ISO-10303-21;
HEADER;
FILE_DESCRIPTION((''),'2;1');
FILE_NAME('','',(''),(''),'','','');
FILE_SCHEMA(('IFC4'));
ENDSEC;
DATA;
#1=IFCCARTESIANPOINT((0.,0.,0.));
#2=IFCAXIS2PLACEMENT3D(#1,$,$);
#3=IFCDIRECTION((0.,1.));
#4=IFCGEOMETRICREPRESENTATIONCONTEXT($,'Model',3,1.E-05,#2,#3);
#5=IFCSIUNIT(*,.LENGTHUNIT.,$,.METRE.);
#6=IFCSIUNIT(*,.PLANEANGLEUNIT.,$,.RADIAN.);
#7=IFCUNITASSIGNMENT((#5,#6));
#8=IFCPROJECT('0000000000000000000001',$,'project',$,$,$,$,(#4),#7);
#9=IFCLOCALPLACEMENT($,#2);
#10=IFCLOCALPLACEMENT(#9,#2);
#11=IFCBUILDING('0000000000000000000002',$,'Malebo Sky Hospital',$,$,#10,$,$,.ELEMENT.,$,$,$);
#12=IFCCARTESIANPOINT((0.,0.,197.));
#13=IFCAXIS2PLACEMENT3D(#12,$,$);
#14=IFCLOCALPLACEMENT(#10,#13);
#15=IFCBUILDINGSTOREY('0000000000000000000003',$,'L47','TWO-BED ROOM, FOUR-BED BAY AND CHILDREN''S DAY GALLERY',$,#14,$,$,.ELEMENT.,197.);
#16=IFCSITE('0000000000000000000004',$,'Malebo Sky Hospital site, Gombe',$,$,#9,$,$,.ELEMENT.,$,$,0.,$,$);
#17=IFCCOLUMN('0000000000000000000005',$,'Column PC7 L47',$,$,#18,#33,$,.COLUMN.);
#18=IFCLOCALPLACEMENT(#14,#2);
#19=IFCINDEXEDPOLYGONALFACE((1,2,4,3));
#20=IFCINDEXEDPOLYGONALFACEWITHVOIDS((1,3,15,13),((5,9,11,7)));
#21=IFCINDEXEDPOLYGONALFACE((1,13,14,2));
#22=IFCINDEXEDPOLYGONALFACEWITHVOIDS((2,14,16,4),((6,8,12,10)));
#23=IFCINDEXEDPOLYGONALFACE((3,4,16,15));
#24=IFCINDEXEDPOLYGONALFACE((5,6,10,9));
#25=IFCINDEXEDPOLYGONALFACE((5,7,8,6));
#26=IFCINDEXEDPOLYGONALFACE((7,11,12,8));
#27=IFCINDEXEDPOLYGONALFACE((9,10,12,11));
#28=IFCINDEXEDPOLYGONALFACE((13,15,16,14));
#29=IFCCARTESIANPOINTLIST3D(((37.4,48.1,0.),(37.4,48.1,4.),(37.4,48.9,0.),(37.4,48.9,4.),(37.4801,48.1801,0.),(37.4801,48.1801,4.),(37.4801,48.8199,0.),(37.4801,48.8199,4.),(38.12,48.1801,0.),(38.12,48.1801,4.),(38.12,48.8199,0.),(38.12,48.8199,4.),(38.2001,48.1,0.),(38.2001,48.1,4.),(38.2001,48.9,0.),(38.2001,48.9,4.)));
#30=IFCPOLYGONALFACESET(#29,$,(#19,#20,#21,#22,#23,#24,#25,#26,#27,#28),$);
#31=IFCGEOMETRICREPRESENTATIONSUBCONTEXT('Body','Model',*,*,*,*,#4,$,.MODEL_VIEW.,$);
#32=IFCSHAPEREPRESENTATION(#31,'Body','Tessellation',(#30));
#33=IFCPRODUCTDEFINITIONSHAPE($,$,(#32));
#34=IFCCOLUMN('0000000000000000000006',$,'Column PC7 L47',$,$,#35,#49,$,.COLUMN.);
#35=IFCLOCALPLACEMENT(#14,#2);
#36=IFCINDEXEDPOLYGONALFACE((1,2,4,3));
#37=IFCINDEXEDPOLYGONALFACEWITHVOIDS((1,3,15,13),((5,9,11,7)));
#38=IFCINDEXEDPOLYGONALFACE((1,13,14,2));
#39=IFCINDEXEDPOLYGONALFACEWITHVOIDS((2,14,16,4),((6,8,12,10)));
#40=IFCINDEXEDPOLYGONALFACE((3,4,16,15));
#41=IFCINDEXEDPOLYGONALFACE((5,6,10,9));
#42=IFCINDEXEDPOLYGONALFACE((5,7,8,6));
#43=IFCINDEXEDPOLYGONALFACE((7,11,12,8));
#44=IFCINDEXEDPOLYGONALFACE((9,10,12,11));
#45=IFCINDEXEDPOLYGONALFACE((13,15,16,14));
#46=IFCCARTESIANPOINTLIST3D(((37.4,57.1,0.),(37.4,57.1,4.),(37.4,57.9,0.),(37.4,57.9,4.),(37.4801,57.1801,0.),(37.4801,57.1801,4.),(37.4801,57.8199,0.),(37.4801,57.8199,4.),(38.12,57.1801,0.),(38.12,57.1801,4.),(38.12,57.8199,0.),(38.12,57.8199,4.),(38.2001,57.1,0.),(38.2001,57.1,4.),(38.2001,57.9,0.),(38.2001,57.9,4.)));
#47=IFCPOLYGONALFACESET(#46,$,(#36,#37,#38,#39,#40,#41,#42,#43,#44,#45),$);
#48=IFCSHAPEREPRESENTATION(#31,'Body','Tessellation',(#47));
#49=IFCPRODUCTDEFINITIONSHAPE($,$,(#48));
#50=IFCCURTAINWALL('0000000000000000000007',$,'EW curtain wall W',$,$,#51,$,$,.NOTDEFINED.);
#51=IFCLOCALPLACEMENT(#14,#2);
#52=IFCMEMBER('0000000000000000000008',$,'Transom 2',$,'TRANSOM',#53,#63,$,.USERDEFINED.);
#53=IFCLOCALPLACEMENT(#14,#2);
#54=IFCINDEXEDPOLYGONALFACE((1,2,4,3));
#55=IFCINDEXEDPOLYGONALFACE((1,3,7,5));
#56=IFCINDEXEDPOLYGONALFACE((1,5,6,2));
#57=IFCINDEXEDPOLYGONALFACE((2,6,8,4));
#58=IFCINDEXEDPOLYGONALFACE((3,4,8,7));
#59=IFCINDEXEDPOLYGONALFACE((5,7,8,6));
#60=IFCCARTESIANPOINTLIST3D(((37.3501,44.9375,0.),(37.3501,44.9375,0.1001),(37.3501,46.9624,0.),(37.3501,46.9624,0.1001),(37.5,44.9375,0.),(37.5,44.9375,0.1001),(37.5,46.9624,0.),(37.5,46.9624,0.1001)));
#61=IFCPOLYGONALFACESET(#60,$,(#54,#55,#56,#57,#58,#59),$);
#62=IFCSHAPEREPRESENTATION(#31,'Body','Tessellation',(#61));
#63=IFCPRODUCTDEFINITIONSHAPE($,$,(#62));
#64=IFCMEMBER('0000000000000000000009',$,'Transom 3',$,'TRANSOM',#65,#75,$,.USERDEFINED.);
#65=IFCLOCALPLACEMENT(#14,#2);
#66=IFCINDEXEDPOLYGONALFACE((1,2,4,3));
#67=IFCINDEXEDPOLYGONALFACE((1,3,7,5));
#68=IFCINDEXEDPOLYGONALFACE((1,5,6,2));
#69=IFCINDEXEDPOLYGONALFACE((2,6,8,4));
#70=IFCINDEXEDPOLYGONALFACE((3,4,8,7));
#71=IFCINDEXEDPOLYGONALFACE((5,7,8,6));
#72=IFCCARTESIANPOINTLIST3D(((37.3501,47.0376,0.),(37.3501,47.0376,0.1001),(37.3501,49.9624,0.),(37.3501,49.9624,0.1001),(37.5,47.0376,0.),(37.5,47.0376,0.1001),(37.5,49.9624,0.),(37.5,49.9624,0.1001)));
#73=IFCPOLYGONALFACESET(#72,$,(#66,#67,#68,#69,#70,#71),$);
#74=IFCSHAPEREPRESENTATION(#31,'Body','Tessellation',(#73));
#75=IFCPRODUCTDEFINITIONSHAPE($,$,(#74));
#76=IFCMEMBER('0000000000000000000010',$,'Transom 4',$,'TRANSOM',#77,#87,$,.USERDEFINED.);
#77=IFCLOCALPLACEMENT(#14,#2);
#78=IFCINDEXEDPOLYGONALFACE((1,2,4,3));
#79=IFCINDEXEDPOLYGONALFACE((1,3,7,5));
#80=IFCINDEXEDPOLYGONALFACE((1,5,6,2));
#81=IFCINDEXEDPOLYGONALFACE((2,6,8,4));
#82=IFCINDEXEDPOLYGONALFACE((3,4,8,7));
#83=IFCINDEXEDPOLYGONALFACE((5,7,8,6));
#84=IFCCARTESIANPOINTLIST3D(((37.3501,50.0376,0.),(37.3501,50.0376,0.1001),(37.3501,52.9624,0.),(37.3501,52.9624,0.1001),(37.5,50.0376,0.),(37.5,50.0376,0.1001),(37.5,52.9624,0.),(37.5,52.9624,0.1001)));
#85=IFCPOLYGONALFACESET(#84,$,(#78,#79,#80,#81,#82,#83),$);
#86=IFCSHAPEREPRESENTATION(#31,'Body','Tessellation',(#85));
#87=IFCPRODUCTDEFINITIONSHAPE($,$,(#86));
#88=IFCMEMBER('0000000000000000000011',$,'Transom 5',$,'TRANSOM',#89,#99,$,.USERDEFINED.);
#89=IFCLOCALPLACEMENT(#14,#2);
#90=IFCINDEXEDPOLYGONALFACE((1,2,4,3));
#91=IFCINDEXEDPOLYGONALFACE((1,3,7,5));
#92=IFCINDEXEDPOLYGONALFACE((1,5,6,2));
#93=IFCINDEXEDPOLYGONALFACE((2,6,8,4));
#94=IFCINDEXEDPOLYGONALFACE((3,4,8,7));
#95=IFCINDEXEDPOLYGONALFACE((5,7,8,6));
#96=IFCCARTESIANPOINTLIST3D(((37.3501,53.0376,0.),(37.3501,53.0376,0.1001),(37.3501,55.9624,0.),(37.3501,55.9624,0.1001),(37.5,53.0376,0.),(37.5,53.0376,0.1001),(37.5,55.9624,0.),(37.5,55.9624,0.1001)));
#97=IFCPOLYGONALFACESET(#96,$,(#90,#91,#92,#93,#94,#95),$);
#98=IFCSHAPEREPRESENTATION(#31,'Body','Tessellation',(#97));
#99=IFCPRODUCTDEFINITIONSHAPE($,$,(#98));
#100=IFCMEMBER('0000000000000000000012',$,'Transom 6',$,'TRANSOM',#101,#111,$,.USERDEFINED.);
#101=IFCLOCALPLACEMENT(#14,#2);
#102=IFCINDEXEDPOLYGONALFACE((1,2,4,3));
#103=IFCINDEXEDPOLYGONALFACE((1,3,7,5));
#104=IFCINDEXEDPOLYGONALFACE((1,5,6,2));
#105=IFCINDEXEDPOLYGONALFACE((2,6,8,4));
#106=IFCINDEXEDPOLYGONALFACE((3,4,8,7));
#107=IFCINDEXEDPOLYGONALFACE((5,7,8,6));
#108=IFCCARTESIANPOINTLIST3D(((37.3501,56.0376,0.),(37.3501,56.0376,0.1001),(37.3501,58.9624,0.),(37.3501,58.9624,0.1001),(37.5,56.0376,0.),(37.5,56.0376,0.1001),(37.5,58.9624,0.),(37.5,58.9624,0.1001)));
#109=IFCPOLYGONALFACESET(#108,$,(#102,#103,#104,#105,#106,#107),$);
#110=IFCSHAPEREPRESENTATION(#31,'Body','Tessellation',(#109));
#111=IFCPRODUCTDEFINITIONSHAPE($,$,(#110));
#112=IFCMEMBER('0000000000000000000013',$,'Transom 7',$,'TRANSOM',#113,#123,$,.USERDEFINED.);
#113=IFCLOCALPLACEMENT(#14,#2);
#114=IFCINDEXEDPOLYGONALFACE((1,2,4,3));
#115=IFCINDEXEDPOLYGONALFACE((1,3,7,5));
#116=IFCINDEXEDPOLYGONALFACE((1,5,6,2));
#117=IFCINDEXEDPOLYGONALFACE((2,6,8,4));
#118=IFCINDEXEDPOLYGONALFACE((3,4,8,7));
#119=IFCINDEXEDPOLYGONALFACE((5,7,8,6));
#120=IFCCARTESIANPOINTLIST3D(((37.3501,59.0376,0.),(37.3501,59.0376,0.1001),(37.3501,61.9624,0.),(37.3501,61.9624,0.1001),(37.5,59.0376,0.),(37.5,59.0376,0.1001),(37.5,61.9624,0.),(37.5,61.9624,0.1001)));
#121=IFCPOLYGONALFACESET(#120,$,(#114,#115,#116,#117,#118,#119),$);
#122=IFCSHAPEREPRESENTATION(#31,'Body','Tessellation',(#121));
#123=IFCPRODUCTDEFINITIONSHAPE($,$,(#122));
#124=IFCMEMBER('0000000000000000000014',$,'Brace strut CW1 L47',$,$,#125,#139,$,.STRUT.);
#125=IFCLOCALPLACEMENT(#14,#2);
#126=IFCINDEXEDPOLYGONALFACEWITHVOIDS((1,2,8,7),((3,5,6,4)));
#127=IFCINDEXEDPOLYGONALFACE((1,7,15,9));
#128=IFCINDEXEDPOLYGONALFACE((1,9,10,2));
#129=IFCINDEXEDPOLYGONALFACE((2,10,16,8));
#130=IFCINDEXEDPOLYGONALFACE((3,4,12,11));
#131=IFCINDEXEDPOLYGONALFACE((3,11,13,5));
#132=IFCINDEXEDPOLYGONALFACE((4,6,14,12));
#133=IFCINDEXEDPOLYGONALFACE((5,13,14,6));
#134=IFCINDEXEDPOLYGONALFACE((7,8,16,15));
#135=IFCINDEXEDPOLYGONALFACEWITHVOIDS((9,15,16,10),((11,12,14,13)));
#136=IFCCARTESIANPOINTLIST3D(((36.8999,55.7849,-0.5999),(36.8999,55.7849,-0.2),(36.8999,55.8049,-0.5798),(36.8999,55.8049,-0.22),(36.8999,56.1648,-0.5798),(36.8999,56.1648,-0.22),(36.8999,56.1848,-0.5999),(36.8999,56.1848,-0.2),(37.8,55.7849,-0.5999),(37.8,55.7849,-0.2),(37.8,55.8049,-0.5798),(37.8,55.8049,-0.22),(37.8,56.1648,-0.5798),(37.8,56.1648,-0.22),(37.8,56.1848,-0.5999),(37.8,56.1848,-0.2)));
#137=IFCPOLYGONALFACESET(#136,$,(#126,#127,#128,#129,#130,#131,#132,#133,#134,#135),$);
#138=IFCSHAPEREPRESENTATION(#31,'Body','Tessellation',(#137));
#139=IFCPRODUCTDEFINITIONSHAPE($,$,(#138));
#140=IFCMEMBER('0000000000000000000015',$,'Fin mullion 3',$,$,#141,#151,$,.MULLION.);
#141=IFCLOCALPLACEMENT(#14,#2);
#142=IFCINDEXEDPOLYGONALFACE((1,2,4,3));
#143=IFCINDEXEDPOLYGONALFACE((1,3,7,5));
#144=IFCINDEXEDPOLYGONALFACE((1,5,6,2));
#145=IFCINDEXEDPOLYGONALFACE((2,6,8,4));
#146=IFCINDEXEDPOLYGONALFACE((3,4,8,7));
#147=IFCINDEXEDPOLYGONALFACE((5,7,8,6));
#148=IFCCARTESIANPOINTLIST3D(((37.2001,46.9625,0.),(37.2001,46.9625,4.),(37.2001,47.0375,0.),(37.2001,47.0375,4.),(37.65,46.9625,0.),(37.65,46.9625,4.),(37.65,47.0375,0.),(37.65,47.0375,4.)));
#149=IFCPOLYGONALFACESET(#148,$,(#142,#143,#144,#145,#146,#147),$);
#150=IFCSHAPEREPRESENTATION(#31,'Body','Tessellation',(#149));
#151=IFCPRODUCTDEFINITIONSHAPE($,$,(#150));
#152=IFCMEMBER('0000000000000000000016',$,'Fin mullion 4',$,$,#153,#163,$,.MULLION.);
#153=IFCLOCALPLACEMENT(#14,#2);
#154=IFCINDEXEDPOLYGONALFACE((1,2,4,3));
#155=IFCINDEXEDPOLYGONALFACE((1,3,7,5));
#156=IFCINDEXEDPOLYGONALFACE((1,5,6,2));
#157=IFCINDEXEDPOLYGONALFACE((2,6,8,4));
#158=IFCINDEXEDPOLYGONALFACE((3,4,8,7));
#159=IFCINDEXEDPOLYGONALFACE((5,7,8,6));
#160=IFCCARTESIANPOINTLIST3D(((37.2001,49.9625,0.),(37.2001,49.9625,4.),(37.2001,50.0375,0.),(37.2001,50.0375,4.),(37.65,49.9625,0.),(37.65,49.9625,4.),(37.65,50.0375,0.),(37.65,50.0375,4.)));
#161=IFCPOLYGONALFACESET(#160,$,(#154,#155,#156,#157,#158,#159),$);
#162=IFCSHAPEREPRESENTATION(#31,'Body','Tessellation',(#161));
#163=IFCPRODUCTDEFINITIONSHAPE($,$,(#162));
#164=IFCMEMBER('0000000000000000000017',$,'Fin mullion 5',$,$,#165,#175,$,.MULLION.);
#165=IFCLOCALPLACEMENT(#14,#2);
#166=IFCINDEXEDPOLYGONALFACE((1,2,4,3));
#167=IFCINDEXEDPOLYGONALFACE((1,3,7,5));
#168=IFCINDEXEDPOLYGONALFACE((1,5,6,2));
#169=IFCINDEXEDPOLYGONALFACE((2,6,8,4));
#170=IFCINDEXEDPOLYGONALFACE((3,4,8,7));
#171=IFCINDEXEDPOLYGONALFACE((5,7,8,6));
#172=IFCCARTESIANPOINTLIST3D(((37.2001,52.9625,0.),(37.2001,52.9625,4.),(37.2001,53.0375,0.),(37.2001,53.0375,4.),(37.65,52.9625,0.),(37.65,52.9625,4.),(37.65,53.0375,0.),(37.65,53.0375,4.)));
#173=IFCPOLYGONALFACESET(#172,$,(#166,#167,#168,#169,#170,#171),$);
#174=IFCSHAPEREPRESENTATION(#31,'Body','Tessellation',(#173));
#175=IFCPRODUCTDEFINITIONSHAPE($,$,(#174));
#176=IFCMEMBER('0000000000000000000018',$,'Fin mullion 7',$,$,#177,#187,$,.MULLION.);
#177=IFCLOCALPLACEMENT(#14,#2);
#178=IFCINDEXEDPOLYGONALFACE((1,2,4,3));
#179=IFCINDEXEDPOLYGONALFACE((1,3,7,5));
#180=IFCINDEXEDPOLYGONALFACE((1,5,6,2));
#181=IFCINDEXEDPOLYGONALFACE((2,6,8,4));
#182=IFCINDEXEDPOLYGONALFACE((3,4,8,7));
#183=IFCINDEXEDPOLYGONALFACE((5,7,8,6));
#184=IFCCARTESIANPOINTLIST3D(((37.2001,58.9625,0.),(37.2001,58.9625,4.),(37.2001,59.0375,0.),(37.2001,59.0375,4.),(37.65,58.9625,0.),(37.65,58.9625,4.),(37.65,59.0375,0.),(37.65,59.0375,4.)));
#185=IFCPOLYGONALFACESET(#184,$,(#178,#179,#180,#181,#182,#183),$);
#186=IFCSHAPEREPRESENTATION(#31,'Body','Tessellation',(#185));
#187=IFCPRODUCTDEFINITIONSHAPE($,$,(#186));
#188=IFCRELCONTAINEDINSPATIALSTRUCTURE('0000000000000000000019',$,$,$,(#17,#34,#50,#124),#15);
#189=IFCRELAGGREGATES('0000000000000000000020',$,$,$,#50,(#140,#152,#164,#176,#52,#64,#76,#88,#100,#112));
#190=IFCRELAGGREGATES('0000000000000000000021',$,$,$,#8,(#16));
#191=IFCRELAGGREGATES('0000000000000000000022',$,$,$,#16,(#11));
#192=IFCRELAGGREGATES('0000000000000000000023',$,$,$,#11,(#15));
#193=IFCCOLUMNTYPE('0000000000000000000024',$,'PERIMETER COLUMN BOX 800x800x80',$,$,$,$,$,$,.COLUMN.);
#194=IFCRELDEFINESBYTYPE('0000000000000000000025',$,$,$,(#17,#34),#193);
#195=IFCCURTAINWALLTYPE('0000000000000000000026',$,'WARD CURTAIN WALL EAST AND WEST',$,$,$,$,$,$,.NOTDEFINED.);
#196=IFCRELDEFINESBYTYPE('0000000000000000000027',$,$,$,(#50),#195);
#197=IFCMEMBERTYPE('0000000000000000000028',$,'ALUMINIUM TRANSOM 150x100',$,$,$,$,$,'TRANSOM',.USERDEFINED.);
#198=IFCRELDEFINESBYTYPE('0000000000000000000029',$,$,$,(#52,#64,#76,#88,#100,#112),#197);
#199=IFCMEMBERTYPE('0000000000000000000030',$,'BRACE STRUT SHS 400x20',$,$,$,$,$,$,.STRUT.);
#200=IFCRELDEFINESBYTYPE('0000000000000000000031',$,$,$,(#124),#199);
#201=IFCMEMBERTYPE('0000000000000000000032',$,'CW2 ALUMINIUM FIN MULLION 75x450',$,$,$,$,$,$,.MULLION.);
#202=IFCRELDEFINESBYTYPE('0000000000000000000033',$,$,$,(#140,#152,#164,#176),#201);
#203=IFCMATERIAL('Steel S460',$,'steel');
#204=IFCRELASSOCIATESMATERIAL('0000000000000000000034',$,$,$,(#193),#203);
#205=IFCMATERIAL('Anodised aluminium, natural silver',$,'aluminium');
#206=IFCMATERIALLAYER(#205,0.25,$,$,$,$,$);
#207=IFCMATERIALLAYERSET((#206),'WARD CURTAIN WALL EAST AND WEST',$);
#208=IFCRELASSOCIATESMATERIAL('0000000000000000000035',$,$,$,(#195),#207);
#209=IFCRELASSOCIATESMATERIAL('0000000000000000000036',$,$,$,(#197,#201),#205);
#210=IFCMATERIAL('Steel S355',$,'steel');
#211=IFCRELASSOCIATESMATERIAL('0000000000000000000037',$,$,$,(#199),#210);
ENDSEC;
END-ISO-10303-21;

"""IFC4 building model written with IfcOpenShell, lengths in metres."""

from ifc_helpers import new_model, si_unit, direction, frame, origin, origin_2d, place, context, subcontext, project, spatial, rectangle, hollow_rectangle, extrude, material, layer, layer_set, material_profile, profile_set, type_object, element, aggregate, save


model = new_model("IFC4")

# Units and contexts
model_context = context("Model", 3, precision=1e-05, world=origin(), true_north=direction((0.0, 1.0)))
body_context = subcontext(model_context, "Body", "Model", "MODEL_VIEW")
ifc_project = project(units=[si_unit("LENGTHUNIT", "METRE"), si_unit("PLANEANGLEUNIT", "RADIAN")], contexts=[model_context])

# Site, building, storey
site_placement = place(None, origin())
site = spatial("IfcSite", under=ifc_project, at=site_placement, Name="Malebo Sky Hospital site, Gombe", CompositionType="ELEMENT", RefElevation=0.0)
building_placement = place(site_placement, origin())
building = spatial("IfcBuilding", under=site, at=building_placement, Name="Malebo Sky Hospital", CompositionType="ELEMENT")
storey_placement = place(building_placement, frame((0.0, 0.0, 197.0)))
storey = spatial("IfcBuildingStorey", under=building, at=storey_placement, Name="L47", Description="TWO-BED ROOM, FOUR-BED BAY AND CHILDREN'S DAY GALLERY", CompositionType="ELEMENT", Elevation=197.0)

# Columns
ifc_material_1 = material(Name="Steel S460", Category="steel")
ifc_material_profile_1 = material_profile(ifc_material_1, hollow_rectangle(XDim=0.8, YDim=0.8, WallThickness=0.0801, at=origin_2d()), Name="BOX 800x800x80")
ifc_profile_set_1 = profile_set([ifc_material_profile_1], Name="Steel S460")
column_type = type_object("IfcColumnType", Name="PERIMETER COLUMN BOX 800x800x80", PredefinedType="COLUMN", material=ifc_profile_set_1)
for number, where, z_axis, x_axis, name in (
    (1, (37.8, 48.5, 0.0), (0.0, 0.0, 1.0), (1.0, 0.0, 0.0), "Column PC7 L47"),
    (2, (37.8, 57.5, 0.0), (0.0, 0.0, 1.0), (1.0, 0.0, 0.0), "Column PC7 L47"),
):
    element("IfcColumn", number, at=place(storey_placement, frame(where, z_axis=z_axis, x_axis=x_axis)), inside=storey, type_object=column_type, Name=name, PredefinedType="COLUMN", context=body_context, shape_type="SweptSolid", body=[
        extrude(hollow_rectangle(XDim=0.8, YDim=0.8, WallThickness=0.0801, at=origin_2d()), origin(), (0.0, 0.0, 1.0), 4.0),
    ])

# Curtain wall, members
ifc_material_2 = material(Name="Anodised aluminium, natural silver", Category="aluminium")
ifc_layer_1 = layer(ifc_material_2, 0.25)
ifc_layer_set_1 = layer_set([ifc_layer_1], Name="WARD CURTAIN WALL EAST AND WEST")
curtain_wall_type = type_object("IfcCurtainWallType", Name="WARD CURTAIN WALL EAST AND WEST", PredefinedType="NOTDEFINED", material=ifc_layer_set_1)
curtain_wall_placement = place(storey_placement, origin())
curtain_wall = element("IfcCurtainWall", 3, at=curtain_wall_placement, inside=storey, type_object=curtain_wall_type, Name="EW curtain wall W", PredefinedType="NOTDEFINED")
ifc_material_profile_2 = material_profile(ifc_material_2, rectangle(XDim=0.1499, YDim=0.1001, at=origin_2d()), Name="ALUMINIUM TRANSOM 150x100")
ifc_profile_set_2 = profile_set([ifc_material_profile_2], Name="Anodised aluminium, natural silver")
member_type_1 = type_object("IfcMemberType", Name="ALUMINIUM TRANSOM 150x100", ElementType="TRANSOM", PredefinedType="USERDEFINED", material=ifc_profile_set_2)
member_1_placement = place(storey_placement, frame((37.425, 44.9375, 0.05), z_axis=(0.0, 1.0, 0.0), x_axis=(-1.0, 0.0, 0.0)))
member_1 = element("IfcMember", 4, at=member_1_placement, type_object=member_type_1, Name="Transom 2", ObjectType="TRANSOM", PredefinedType="USERDEFINED", context=body_context, shape_type="SweptSolid", body=[
    extrude(rectangle(XDim=0.1499, YDim=0.1001, at=origin_2d()), origin(), (0.0, 0.0, 1.0), 2.0249),
])
member_2_placement = place(storey_placement, frame((37.425, 47.0376, 0.05), z_axis=(0.0, 1.0, 0.0), x_axis=(-1.0, 0.0, 0.0)))
member_2 = element("IfcMember", 5, at=member_2_placement, type_object=member_type_1, Name="Transom 3", ObjectType="TRANSOM", PredefinedType="USERDEFINED", context=body_context, shape_type="SweptSolid", body=[
    extrude(rectangle(XDim=0.1499, YDim=0.1001, at=origin_2d()), origin(), (0.0, 0.0, 1.0), 2.9248),
])
member_3_placement = place(storey_placement, frame((37.425, 50.0376, 0.05), z_axis=(0.0, 1.0, 0.0), x_axis=(-1.0, 0.0, 0.0)))
member_3 = element("IfcMember", 6, at=member_3_placement, type_object=member_type_1, Name="Transom 4", ObjectType="TRANSOM", PredefinedType="USERDEFINED", context=body_context, shape_type="SweptSolid", body=[
    extrude(rectangle(XDim=0.1499, YDim=0.1001, at=origin_2d()), origin(), (0.0, 0.0, 1.0), 2.9248),
])
member_4_placement = place(storey_placement, frame((37.425, 53.0376, 0.05), z_axis=(0.0, 1.0, 0.0), x_axis=(-1.0, 0.0, 0.0)))
member_4 = element("IfcMember", 7, at=member_4_placement, type_object=member_type_1, Name="Transom 5", ObjectType="TRANSOM", PredefinedType="USERDEFINED", context=body_context, shape_type="SweptSolid", body=[
    extrude(rectangle(XDim=0.1499, YDim=0.1001, at=origin_2d()), origin(), (0.0, 0.0, 1.0), 2.9248),
])
member_5_placement = place(storey_placement, frame((37.425, 56.0376, 0.05), z_axis=(0.0, 1.0, 0.0), x_axis=(-1.0, 0.0, 0.0)))
member_5 = element("IfcMember", 8, at=member_5_placement, type_object=member_type_1, Name="Transom 6", ObjectType="TRANSOM", PredefinedType="USERDEFINED", context=body_context, shape_type="SweptSolid", body=[
    extrude(rectangle(XDim=0.1499, YDim=0.1001, at=origin_2d()), origin(), (0.0, 0.0, 1.0), 2.9248),
])
member_6_placement = place(storey_placement, frame((37.425, 59.0376, 0.05), z_axis=(0.0, 1.0, 0.0), x_axis=(-1.0, 0.0, 0.0)))
member_6 = element("IfcMember", 9, at=member_6_placement, type_object=member_type_1, Name="Transom 7", ObjectType="TRANSOM", PredefinedType="USERDEFINED", context=body_context, shape_type="SweptSolid", body=[
    extrude(rectangle(XDim=0.1499, YDim=0.1001, at=origin_2d()), origin(), (0.0, 0.0, 1.0), 2.9248),
])

# Members
ifc_material_3 = material(Name="Steel S355", Category="steel")
ifc_material_profile_3 = material_profile(ifc_material_3, hollow_rectangle(XDim=0.3999, YDim=0.3999, WallThickness=0.02, at=origin_2d()), Name="SHS 400x20")
ifc_profile_set_3 = profile_set([ifc_material_profile_3], Name="Steel S355")
member_type_2 = type_object("IfcMemberType", Name="BRACE STRUT SHS 400x20", PredefinedType="STRUT", material=ifc_profile_set_3)
member_7_placement = place(storey_placement, frame((36.8999, 55.9849, -0.3999), z_axis=(1.0, 0.0, 0.0), x_axis=(0.0, 1.0, 0.0)))
element("IfcMember", 10, at=member_7_placement, inside=storey, type_object=member_type_2, Name="Brace strut CW1 L47", PredefinedType="STRUT", context=body_context, shape_type="SweptSolid", body=[
    extrude(hollow_rectangle(XDim=0.3999, YDim=0.3999, WallThickness=0.02, at=origin_2d()), origin(), (0.0, 0.0, 1.0), 0.9001),
])
ifc_material_profile_4 = material_profile(ifc_material_2, rectangle(XDim=0.075, YDim=0.45, at=origin_2d()), Name="CW2 ALUMINIUM FIN MULLION 75x450")
ifc_profile_set_4 = profile_set([ifc_material_profile_4], Name="Anodised aluminium, natural silver")
member_type_3 = type_object("IfcMemberType", Name="CW2 ALUMINIUM FIN MULLION 75x450", PredefinedType="MULLION", material=ifc_profile_set_4)
member_8_placement = place(storey_placement, frame((37.425, 47.0, 0.0), z_axis=(0.0, 0.0, 1.0), x_axis=(0.0, 1.0, 0.0)))
member_8 = element("IfcMember", 11, at=member_8_placement, type_object=member_type_3, Name="Fin mullion 3", PredefinedType="MULLION", context=body_context, shape_type="SweptSolid", body=[
    extrude(rectangle(XDim=0.075, YDim=0.45, at=origin_2d()), origin(), (0.0, 0.0, 1.0), 4.0),
])
member_9_placement = place(storey_placement, frame((37.425, 50.0, 0.0), z_axis=(0.0, 0.0, 1.0), x_axis=(0.0, 1.0, 0.0)))
member_9 = element("IfcMember", 12, at=member_9_placement, type_object=member_type_3, Name="Fin mullion 4", PredefinedType="MULLION", context=body_context, shape_type="SweptSolid", body=[
    extrude(rectangle(XDim=0.075, YDim=0.45, at=origin_2d()), origin(), (0.0, 0.0, 1.0), 4.0),
])
member_10_placement = place(storey_placement, frame((37.425, 53.0, 0.0), z_axis=(0.0, 0.0, 1.0), x_axis=(0.0, 1.0, 0.0)))
member_10 = element("IfcMember", 13, at=member_10_placement, type_object=member_type_3, Name="Fin mullion 5", PredefinedType="MULLION", context=body_context, shape_type="SweptSolid", body=[
    extrude(rectangle(XDim=0.075, YDim=0.45, at=origin_2d()), origin(), (0.0, 0.0, 1.0), 4.0),
])
member_11_placement = place(storey_placement, frame((37.425, 59.0, 0.0), z_axis=(0.0, 0.0, 1.0), x_axis=(0.0, 1.0, 0.0)))
member_11 = element("IfcMember", 14, at=member_11_placement, type_object=member_type_3, Name="Fin mullion 7", PredefinedType="MULLION", context=body_context, shape_type="SweptSolid", body=[
    extrude(rectangle(XDim=0.075, YDim=0.45, at=origin_2d()), origin(), (0.0, 0.0, 1.0), 4.0),
])

aggregate(curtain_wall, [member_8, member_9, member_10, member_11, member_1, member_2, member_3, member_4, member_5, member_6])

save(model, "model.ifc")
